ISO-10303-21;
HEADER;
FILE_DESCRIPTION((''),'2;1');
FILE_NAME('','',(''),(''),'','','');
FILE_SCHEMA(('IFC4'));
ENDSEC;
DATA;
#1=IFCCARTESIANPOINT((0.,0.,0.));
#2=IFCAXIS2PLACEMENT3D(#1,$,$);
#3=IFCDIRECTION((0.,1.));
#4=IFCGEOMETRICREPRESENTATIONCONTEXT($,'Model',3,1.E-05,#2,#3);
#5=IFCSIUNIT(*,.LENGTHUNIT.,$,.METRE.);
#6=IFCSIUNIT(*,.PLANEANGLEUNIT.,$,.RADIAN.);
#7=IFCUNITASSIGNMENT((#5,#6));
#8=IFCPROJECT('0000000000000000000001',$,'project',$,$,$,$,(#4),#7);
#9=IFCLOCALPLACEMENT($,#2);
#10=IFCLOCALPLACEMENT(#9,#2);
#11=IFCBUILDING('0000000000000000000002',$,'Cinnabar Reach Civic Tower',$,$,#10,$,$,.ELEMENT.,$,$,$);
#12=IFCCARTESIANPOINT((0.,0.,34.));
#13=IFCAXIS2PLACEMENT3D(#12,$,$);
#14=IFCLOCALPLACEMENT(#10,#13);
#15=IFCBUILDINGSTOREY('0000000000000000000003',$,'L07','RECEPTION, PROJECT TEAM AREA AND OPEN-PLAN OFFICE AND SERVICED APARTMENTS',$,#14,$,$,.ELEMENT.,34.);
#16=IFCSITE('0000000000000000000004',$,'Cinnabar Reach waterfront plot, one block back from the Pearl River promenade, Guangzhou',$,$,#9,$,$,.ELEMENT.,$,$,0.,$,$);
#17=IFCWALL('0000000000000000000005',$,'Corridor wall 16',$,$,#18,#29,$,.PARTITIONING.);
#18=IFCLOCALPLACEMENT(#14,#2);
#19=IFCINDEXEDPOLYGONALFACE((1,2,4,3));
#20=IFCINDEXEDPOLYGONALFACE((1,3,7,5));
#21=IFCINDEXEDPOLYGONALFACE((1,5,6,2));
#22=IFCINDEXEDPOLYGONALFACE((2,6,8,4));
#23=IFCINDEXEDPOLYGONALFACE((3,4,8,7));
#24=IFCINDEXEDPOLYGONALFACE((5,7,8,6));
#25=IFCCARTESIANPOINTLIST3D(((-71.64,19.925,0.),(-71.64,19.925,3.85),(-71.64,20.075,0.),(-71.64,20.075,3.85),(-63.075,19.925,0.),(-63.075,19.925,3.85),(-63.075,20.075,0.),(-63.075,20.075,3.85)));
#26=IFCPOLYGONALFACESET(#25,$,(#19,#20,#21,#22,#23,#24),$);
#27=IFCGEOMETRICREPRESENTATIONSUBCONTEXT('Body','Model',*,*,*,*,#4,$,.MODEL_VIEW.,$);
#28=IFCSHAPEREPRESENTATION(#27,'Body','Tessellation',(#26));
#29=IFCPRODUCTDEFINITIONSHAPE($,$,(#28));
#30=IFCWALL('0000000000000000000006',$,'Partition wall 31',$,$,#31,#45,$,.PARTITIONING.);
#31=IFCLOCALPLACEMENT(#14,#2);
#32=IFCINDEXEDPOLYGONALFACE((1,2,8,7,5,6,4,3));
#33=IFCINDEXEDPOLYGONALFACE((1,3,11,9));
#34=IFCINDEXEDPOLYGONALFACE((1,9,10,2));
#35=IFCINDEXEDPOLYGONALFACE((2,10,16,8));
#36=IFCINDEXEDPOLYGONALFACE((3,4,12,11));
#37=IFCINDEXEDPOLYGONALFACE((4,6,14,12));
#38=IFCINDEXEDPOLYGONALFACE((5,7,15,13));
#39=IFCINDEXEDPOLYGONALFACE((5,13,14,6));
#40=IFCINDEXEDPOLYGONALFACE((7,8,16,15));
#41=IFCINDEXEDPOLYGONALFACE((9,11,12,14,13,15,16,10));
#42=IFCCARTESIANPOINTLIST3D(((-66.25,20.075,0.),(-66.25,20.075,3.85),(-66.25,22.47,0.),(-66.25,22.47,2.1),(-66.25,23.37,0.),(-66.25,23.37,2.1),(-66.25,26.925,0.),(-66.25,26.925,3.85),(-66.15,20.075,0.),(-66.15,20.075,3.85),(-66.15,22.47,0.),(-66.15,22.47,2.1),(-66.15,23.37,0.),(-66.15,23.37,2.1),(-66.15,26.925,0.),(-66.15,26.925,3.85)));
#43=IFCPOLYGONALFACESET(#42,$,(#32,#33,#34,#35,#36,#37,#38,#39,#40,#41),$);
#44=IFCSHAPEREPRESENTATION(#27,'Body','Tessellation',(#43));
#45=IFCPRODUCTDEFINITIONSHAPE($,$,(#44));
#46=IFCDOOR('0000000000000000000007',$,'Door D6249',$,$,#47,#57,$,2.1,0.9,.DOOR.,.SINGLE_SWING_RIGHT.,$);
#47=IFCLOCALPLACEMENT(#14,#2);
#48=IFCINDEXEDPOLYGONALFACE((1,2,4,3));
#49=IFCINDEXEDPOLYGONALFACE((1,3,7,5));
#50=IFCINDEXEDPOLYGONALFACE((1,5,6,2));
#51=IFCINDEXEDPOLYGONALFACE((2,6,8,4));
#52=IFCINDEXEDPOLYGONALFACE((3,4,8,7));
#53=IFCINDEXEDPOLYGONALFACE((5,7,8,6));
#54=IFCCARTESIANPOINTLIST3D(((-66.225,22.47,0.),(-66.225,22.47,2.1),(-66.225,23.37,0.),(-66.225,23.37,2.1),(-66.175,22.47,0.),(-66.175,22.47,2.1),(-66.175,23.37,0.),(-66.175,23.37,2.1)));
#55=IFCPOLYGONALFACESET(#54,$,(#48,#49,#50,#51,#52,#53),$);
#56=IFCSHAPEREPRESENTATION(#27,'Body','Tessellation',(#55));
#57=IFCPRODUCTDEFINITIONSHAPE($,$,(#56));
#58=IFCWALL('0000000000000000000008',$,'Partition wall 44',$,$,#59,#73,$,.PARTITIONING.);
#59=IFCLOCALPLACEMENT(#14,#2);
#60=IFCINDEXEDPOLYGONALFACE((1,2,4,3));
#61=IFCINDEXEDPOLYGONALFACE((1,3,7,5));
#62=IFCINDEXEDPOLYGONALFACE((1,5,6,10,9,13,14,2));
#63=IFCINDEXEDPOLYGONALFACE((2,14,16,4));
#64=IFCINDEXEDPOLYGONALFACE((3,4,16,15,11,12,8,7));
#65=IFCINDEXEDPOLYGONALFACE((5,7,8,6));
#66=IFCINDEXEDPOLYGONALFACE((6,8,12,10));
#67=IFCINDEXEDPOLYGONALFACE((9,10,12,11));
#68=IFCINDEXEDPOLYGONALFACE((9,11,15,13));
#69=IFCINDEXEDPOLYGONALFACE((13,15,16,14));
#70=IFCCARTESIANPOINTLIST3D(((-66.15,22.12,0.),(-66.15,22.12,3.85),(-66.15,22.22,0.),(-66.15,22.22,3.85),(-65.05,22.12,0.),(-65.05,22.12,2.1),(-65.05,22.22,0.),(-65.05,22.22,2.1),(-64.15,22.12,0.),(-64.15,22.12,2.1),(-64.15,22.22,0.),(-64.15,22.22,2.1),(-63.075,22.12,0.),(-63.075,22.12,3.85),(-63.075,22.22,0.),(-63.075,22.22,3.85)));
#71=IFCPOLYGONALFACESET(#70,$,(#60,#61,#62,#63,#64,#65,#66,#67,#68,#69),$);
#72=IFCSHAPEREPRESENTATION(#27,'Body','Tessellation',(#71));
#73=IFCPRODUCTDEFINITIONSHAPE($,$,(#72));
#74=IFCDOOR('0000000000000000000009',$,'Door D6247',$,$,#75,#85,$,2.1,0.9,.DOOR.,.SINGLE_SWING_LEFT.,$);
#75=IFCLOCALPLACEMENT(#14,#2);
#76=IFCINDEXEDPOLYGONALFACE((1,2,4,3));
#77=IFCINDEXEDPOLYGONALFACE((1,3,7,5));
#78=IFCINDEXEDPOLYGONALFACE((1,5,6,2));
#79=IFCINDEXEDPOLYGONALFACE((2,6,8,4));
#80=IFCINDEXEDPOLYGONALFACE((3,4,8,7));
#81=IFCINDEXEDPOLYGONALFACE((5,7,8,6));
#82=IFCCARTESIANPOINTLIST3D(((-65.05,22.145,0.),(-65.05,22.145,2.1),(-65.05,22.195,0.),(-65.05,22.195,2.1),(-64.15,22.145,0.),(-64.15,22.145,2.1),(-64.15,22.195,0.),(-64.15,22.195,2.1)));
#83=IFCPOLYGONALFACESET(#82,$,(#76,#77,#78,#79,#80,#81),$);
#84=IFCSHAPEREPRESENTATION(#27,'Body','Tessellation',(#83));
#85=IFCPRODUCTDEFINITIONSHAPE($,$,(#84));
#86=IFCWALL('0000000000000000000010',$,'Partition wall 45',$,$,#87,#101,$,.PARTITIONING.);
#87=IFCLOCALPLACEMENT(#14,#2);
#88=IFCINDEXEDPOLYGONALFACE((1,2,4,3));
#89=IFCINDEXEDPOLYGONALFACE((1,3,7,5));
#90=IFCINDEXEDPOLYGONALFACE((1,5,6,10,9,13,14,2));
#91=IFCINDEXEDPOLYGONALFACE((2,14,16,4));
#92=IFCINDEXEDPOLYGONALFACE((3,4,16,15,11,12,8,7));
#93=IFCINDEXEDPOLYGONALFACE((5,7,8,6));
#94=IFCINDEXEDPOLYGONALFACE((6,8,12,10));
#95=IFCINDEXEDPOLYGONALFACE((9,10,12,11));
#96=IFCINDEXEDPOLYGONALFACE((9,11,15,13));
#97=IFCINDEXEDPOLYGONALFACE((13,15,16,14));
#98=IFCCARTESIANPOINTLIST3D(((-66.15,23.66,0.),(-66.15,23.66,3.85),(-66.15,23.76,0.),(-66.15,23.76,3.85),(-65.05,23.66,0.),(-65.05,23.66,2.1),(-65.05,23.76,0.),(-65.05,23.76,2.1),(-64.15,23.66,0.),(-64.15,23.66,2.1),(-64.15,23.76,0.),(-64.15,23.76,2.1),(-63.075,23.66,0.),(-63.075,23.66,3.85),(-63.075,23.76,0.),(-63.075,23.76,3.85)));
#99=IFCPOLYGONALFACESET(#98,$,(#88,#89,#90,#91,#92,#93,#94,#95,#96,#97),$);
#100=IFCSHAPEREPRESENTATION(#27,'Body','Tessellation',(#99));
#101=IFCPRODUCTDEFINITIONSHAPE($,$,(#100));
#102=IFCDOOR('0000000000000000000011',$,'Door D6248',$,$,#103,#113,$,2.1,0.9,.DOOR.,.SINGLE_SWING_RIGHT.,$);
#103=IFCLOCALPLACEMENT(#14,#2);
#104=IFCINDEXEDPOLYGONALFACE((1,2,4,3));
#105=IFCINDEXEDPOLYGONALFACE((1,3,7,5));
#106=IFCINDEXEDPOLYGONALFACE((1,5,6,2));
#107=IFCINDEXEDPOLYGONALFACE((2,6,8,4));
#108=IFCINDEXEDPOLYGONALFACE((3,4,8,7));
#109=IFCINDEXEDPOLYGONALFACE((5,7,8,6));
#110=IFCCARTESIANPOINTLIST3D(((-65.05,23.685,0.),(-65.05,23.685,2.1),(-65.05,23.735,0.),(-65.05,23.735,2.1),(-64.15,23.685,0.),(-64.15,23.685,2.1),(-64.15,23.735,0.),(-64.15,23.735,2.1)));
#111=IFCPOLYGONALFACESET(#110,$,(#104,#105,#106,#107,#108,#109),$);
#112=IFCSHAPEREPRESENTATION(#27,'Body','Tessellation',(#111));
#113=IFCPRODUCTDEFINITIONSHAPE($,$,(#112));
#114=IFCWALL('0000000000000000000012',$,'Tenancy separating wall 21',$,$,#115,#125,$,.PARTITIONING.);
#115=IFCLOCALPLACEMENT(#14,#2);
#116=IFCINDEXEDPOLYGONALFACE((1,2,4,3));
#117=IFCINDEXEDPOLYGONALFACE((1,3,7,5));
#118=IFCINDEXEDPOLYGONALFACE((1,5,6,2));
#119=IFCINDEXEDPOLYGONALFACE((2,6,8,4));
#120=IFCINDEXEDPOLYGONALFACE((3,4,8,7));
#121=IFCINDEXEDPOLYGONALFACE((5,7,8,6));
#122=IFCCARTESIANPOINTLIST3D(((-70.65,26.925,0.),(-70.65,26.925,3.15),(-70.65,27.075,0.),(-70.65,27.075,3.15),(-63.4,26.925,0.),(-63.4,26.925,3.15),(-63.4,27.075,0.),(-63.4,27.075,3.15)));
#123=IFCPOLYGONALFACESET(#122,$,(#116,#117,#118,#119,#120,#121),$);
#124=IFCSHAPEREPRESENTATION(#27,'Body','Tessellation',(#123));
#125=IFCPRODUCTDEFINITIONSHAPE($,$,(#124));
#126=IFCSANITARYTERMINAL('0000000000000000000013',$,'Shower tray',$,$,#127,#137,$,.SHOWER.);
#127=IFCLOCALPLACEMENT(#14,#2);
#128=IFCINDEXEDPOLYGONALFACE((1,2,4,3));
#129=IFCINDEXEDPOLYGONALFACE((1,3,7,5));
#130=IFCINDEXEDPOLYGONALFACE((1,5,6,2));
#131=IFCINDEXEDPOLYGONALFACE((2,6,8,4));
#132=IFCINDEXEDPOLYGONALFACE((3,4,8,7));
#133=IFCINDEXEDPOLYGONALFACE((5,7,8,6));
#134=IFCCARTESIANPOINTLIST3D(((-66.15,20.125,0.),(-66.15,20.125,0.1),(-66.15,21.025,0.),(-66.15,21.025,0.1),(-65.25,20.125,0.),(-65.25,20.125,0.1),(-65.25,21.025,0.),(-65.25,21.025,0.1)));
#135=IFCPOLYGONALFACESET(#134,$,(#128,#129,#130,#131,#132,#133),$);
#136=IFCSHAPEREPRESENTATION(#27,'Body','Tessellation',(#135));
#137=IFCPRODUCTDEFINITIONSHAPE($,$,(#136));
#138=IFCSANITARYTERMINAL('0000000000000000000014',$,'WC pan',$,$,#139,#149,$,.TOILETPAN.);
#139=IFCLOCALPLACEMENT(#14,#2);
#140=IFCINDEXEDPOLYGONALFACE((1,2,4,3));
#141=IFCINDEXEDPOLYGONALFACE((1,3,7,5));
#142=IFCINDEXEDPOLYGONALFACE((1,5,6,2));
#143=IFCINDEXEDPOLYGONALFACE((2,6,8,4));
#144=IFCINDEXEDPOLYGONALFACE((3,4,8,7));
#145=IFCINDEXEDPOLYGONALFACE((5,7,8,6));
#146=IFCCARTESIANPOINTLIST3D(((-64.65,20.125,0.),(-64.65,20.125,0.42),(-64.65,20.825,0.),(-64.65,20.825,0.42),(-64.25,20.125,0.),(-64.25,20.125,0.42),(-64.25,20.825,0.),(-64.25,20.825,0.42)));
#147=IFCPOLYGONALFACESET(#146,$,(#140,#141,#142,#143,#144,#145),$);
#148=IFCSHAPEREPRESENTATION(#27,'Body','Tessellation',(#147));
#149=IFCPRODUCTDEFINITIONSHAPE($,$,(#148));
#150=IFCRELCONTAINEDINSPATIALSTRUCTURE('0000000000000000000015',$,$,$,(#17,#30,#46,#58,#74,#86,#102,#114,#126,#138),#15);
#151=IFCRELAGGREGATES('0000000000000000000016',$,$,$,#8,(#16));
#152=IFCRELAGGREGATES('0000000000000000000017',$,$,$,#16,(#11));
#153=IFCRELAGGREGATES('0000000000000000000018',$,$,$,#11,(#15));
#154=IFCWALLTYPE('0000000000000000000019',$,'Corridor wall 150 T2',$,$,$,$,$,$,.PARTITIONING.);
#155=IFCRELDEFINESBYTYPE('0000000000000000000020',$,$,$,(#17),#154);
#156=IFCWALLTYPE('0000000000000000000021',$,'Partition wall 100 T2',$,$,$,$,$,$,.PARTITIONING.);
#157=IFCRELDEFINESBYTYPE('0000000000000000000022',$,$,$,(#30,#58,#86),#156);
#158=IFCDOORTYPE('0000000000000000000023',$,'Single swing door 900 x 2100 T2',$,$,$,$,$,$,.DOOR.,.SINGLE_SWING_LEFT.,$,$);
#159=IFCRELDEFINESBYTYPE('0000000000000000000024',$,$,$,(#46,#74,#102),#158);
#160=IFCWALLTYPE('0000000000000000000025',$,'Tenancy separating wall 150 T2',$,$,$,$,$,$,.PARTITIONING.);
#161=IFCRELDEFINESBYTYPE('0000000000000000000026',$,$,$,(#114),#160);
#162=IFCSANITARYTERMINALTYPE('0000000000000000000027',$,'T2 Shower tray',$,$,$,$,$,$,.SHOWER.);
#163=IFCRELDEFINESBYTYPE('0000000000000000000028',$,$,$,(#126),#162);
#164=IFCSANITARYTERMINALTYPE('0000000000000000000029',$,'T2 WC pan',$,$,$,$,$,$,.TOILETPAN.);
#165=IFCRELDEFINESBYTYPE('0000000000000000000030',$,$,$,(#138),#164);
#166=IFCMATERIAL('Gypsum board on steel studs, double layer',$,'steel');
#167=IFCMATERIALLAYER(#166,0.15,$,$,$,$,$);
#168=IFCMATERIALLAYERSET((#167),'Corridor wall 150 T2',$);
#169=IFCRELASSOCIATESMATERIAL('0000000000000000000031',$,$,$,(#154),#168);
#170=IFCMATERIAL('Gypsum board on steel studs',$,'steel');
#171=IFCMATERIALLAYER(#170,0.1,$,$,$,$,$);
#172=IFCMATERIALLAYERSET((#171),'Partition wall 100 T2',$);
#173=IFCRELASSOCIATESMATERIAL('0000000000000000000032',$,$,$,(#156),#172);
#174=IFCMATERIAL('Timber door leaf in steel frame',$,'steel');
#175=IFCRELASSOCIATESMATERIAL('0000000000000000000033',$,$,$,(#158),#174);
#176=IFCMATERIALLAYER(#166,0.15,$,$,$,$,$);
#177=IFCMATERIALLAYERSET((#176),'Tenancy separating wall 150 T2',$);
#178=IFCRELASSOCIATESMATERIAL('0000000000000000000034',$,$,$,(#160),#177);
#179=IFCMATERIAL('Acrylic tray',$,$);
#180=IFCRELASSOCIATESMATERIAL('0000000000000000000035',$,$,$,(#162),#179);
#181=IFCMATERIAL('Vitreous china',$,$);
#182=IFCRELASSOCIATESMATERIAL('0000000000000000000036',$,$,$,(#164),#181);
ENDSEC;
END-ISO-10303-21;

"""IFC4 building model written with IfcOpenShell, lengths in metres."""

from ifc_helpers import new_model, si_unit, direction, frame, frame_2d, origin, origin_2d, place, context, subcontext, project, spatial, rectangle, extrude, material, layer, layer_set, type_object, element, fill, save


model = new_model("IFC4")

# Units and contexts
model_context = context("Model", 3, precision=1e-05, world=origin(), true_north=direction((0.0, 1.0)))
body_context = subcontext(model_context, "Body", "Model", "MODEL_VIEW")
ifc_project = project(units=[si_unit("LENGTHUNIT", "METRE"), si_unit("PLANEANGLEUNIT", "RADIAN")], contexts=[model_context])

# Site, building, storey
site_placement = place(None, origin())
site = spatial("IfcSite", under=ifc_project, at=site_placement, Name="Cinnabar Reach waterfront plot, one block back from the Pearl River promenade, Guangzhou", CompositionType="ELEMENT", RefElevation=0.0)
building_placement = place(site_placement, origin())
building = spatial("IfcBuilding", under=site, at=building_placement, Name="Cinnabar Reach Civic Tower", CompositionType="ELEMENT")
storey_placement = place(building_placement, frame((0.0, 0.0, 34.0)))
storey = spatial("IfcBuildingStorey", under=building, at=storey_placement, Name="L07", Description="RECEPTION, PROJECT TEAM AREA AND OPEN-PLAN OFFICE AND SERVICED APARTMENTS", CompositionType="ELEMENT", Elevation=34.0)

# Shared definitions
ifc_material_1 = material(Name="Gypsum board on steel studs, double layer", Category="steel")
ifc_layer_1 = layer(ifc_material_1, 0.15)
ifc_layer_set_1 = layer_set([ifc_layer_1], Name="Corridor wall 150 T2")
wall_type_1 = type_object("IfcWallType", Name="Corridor wall 150 T2", PredefinedType="PARTITIONING", material=ifc_layer_set_1)

# Shared definitions
ifc_material_2 = material(Name="Timber door leaf in steel frame", Category="steel")

# Wall
wall_1_placement = place(storey_placement, frame((-71.64, 20.0, 0.0), z_axis=(0.0, 0.0, 1.0), x_axis=(1.0, 0.0, 0.0)))
element("IfcWall", 1, at=wall_1_placement, inside=storey, type_object=wall_type_1, Name="Corridor wall 16", PredefinedType="PARTITIONING", context=body_context, shape_type="SweptSolid", body=[
    extrude(rectangle(XDim=8.565, YDim=0.15, at=frame_2d((4.2825, 0.0))), origin(), (0.0, 0.0, 1.0), 3.85),
])

# Walls, openings, doors
ifc_material_3 = material(Name="Gypsum board on steel studs", Category="steel")
ifc_layer_2 = layer(ifc_material_3, 0.1)
ifc_layer_set_2 = layer_set([ifc_layer_2], Name="Partition wall 100 T2")
wall_type_2 = type_object("IfcWallType", Name="Partition wall 100 T2", PredefinedType="PARTITIONING", material=ifc_layer_set_2)
wall_2_placement = place(storey_placement, frame((-66.2, 20.075, 0.0), z_axis=(0.0, 0.0, 1.0), x_axis=(0.0, 1.0, 0.0)))
wall_2 = element("IfcWall", 2, at=wall_2_placement, inside=storey, type_object=wall_type_2, Name="Partition wall 31", PredefinedType="PARTITIONING", context=body_context, shape_type="SweptSolid", body=[
    extrude(rectangle(XDim=6.85, YDim=0.1, at=frame_2d((3.425, 0.0))), origin(), (0.0, 0.0, 1.0), 3.85),
])
opening_1_placement = place(wall_2_placement, frame((2.395, 0.0, 0.0)))
opening_1 = element("IfcOpeningElement", 3, at=opening_1_placement, cuts=wall_2, PredefinedType="OPENING", context=body_context, shape_type="SweptSolid", body=[
    extrude(rectangle(XDim=0.9, YDim=2.1, at=frame_2d((0.45, 1.05))), frame((0.0, 0.06, 0.0), z_axis=(0.0, -1.0, 0.0), x_axis=(1.0, 0.0, 0.0)), (0.0, 0.0, 1.0), 0.12),
])
door_type_1 = type_object("IfcDoorType", Name="Single swing door 900 x 2100 T2", OperationType="SINGLE_SWING_LEFT", PredefinedType="DOOR", material=ifc_material_2)
door_1_placement = place(opening_1_placement, frame((0.9, 0.0, 0.0), z_axis=(0.0, 0.0, 1.0), x_axis=(-1.0, 0.0, 0.0)))
door_1 = element("IfcDoor", 4, at=door_1_placement, inside=storey, type_object=door_type_1, Name="Door D6249", OperationType="SINGLE_SWING_RIGHT", OverallHeight=2.1, OverallWidth=0.9, PredefinedType="DOOR", context=body_context, shape_type="SweptSolid", body=[
    extrude(rectangle(XDim=0.9, YDim=2.1, at=frame_2d((0.45, 1.05))), frame((0.0, 0.025, 0.0), z_axis=(0.0, -1.0, 0.0), x_axis=(1.0, 0.0, 0.0)), (0.0, 0.0, 1.0), 0.05),
])
fill(opening_1, door_1)
wall_3_placement = place(storey_placement, frame((-66.15, 22.17, 0.0), z_axis=(0.0, 0.0, 1.0), x_axis=(1.0, 0.0, 0.0)))
wall_3 = element("IfcWall", 5, at=wall_3_placement, inside=storey, type_object=wall_type_2, Name="Partition wall 44", PredefinedType="PARTITIONING", context=body_context, shape_type="SweptSolid", body=[
    extrude(rectangle(XDim=3.075, YDim=0.1, at=frame_2d((1.5375, 0.0))), origin(), (0.0, 0.0, 1.0), 3.85),
])
opening_2_placement = place(wall_3_placement, frame((1.1, 0.0, 0.0)))
opening_2 = element("IfcOpeningElement", 6, at=opening_2_placement, cuts=wall_3, PredefinedType="OPENING", context=body_context, shape_type="SweptSolid", body=[
    extrude(rectangle(XDim=0.9, YDim=2.1, at=frame_2d((0.45, 1.05))), frame((0.0, 0.06, 0.0), z_axis=(0.0, -1.0, 0.0), x_axis=(1.0, 0.0, 0.0)), (0.0, 0.0, 1.0), 0.12),
])
door_2_placement = place(opening_2_placement, frame((0.9, 0.0, 0.0), z_axis=(0.0, 0.0, 1.0), x_axis=(-1.0, 0.0, 0.0)))
door_2 = element("IfcDoor", 7, at=door_2_placement, inside=storey, type_object=door_type_1, Name="Door D6247", OperationType="SINGLE_SWING_LEFT", OverallHeight=2.1, OverallWidth=0.9, PredefinedType="DOOR", context=body_context, shape_type="SweptSolid", body=[
    extrude(rectangle(XDim=0.9, YDim=2.1, at=frame_2d((0.45, 1.05))), frame((0.0, 0.025, 0.0), z_axis=(0.0, -1.0, 0.0), x_axis=(1.0, 0.0, 0.0)), (0.0, 0.0, 1.0), 0.05),
])
fill(opening_2, door_2)
wall_4_placement = place(storey_placement, frame((-66.15, 23.71, 0.0), z_axis=(0.0, 0.0, 1.0), x_axis=(1.0, 0.0, 0.0)))
wall_4 = element("IfcWall", 8, at=wall_4_placement, inside=storey, type_object=wall_type_2, Name="Partition wall 45", PredefinedType="PARTITIONING", context=body_context, shape_type="SweptSolid", body=[
    extrude(rectangle(XDim=3.075, YDim=0.1, at=frame_2d((1.5375, 0.0))), origin(), (0.0, 0.0, 1.0), 3.85),
])
opening_3_placement = place(wall_4_placement, frame((1.1, 0.0, 0.0)))
opening_3 = element("IfcOpeningElement", 9, at=opening_3_placement, cuts=wall_4, PredefinedType="OPENING", context=body_context, shape_type="SweptSolid", body=[
    extrude(rectangle(XDim=0.9, YDim=2.1, at=frame_2d((0.45, 1.05))), frame((0.0, 0.06, 0.0), z_axis=(0.0, -1.0, 0.0), x_axis=(1.0, 0.0, 0.0)), (0.0, 0.0, 1.0), 0.12),
])
door_3_placement = place(opening_3_placement, frame((0.9, 0.0, 0.0), z_axis=(0.0, 0.0, 1.0), x_axis=(-1.0, 0.0, 0.0)))
door_3 = element("IfcDoor", 10, at=door_3_placement, inside=storey, type_object=door_type_1, Name="Door D6248", OperationType="SINGLE_SWING_RIGHT", OverallHeight=2.1, OverallWidth=0.9, PredefinedType="DOOR", context=body_context, shape_type="SweptSolid", body=[
    extrude(rectangle(XDim=0.9, YDim=2.1, at=frame_2d((0.45, 1.05))), frame((0.0, 0.025, 0.0), z_axis=(0.0, -1.0, 0.0), x_axis=(1.0, 0.0, 0.0)), (0.0, 0.0, 1.0), 0.05),
])
fill(opening_3, door_3)

# Wall
ifc_layer_3 = layer(ifc_material_1, 0.15)
ifc_layer_set_3 = layer_set([ifc_layer_3], Name="Tenancy separating wall 150 T2")
wall_type_3 = type_object("IfcWallType", Name="Tenancy separating wall 150 T2", PredefinedType="PARTITIONING", material=ifc_layer_set_3)
wall_5_placement = place(storey_placement, frame((-70.65, 27.0, 0.0), z_axis=(0.0, 0.0, 1.0), x_axis=(1.0, 0.0, 0.0)))
element("IfcWall", 11, at=wall_5_placement, inside=storey, type_object=wall_type_3, Name="Tenancy separating wall 21", PredefinedType="PARTITIONING", context=body_context, shape_type="SweptSolid", body=[
    extrude(rectangle(XDim=7.25, YDim=0.15, at=frame_2d((3.625, 0.0))), origin(), (0.0, 0.0, 1.0), 3.15),
])

# Sanitary terminals
ifc_material_4 = material(Name="Acrylic tray")
sanitary_terminal_type_1 = type_object("IfcSanitaryTerminalType", Name="T2 Shower tray", PredefinedType="SHOWER", material=ifc_material_4)
sanitary_terminal_1_placement = place(storey_placement, frame((-65.7, 20.575, 0.0), z_axis=(0.0, 0.0, 1.0), x_axis=(1.0, 0.0, 0.0)))
element("IfcSanitaryTerminal", 12, at=sanitary_terminal_1_placement, inside=storey, type_object=sanitary_terminal_type_1, Name="Shower tray", PredefinedType="SHOWER", context=body_context, shape_type="SweptSolid", body=[
    extrude(rectangle(XDim=0.9, YDim=0.9, at=origin_2d()), origin(), (0.0, 0.0, 1.0), 0.1),
])
ifc_material_5 = material(Name="Vitreous china")
sanitary_terminal_type_2 = type_object("IfcSanitaryTerminalType", Name="T2 WC pan", PredefinedType="TOILETPAN", material=ifc_material_5)
sanitary_terminal_2_placement = place(storey_placement, frame((-64.45, 20.475, 0.0), z_axis=(0.0, 0.0, 1.0), x_axis=(1.0, 0.0, 0.0)))
element("IfcSanitaryTerminal", 13, at=sanitary_terminal_2_placement, inside=storey, type_object=sanitary_terminal_type_2, Name="WC pan", PredefinedType="TOILETPAN", context=body_context, shape_type="SweptSolid", body=[
    extrude(rectangle(XDim=0.4, YDim=0.7, at=origin_2d()), origin(), (0.0, 0.0, 1.0), 0.42),
])

save(model, "model.ifc")
